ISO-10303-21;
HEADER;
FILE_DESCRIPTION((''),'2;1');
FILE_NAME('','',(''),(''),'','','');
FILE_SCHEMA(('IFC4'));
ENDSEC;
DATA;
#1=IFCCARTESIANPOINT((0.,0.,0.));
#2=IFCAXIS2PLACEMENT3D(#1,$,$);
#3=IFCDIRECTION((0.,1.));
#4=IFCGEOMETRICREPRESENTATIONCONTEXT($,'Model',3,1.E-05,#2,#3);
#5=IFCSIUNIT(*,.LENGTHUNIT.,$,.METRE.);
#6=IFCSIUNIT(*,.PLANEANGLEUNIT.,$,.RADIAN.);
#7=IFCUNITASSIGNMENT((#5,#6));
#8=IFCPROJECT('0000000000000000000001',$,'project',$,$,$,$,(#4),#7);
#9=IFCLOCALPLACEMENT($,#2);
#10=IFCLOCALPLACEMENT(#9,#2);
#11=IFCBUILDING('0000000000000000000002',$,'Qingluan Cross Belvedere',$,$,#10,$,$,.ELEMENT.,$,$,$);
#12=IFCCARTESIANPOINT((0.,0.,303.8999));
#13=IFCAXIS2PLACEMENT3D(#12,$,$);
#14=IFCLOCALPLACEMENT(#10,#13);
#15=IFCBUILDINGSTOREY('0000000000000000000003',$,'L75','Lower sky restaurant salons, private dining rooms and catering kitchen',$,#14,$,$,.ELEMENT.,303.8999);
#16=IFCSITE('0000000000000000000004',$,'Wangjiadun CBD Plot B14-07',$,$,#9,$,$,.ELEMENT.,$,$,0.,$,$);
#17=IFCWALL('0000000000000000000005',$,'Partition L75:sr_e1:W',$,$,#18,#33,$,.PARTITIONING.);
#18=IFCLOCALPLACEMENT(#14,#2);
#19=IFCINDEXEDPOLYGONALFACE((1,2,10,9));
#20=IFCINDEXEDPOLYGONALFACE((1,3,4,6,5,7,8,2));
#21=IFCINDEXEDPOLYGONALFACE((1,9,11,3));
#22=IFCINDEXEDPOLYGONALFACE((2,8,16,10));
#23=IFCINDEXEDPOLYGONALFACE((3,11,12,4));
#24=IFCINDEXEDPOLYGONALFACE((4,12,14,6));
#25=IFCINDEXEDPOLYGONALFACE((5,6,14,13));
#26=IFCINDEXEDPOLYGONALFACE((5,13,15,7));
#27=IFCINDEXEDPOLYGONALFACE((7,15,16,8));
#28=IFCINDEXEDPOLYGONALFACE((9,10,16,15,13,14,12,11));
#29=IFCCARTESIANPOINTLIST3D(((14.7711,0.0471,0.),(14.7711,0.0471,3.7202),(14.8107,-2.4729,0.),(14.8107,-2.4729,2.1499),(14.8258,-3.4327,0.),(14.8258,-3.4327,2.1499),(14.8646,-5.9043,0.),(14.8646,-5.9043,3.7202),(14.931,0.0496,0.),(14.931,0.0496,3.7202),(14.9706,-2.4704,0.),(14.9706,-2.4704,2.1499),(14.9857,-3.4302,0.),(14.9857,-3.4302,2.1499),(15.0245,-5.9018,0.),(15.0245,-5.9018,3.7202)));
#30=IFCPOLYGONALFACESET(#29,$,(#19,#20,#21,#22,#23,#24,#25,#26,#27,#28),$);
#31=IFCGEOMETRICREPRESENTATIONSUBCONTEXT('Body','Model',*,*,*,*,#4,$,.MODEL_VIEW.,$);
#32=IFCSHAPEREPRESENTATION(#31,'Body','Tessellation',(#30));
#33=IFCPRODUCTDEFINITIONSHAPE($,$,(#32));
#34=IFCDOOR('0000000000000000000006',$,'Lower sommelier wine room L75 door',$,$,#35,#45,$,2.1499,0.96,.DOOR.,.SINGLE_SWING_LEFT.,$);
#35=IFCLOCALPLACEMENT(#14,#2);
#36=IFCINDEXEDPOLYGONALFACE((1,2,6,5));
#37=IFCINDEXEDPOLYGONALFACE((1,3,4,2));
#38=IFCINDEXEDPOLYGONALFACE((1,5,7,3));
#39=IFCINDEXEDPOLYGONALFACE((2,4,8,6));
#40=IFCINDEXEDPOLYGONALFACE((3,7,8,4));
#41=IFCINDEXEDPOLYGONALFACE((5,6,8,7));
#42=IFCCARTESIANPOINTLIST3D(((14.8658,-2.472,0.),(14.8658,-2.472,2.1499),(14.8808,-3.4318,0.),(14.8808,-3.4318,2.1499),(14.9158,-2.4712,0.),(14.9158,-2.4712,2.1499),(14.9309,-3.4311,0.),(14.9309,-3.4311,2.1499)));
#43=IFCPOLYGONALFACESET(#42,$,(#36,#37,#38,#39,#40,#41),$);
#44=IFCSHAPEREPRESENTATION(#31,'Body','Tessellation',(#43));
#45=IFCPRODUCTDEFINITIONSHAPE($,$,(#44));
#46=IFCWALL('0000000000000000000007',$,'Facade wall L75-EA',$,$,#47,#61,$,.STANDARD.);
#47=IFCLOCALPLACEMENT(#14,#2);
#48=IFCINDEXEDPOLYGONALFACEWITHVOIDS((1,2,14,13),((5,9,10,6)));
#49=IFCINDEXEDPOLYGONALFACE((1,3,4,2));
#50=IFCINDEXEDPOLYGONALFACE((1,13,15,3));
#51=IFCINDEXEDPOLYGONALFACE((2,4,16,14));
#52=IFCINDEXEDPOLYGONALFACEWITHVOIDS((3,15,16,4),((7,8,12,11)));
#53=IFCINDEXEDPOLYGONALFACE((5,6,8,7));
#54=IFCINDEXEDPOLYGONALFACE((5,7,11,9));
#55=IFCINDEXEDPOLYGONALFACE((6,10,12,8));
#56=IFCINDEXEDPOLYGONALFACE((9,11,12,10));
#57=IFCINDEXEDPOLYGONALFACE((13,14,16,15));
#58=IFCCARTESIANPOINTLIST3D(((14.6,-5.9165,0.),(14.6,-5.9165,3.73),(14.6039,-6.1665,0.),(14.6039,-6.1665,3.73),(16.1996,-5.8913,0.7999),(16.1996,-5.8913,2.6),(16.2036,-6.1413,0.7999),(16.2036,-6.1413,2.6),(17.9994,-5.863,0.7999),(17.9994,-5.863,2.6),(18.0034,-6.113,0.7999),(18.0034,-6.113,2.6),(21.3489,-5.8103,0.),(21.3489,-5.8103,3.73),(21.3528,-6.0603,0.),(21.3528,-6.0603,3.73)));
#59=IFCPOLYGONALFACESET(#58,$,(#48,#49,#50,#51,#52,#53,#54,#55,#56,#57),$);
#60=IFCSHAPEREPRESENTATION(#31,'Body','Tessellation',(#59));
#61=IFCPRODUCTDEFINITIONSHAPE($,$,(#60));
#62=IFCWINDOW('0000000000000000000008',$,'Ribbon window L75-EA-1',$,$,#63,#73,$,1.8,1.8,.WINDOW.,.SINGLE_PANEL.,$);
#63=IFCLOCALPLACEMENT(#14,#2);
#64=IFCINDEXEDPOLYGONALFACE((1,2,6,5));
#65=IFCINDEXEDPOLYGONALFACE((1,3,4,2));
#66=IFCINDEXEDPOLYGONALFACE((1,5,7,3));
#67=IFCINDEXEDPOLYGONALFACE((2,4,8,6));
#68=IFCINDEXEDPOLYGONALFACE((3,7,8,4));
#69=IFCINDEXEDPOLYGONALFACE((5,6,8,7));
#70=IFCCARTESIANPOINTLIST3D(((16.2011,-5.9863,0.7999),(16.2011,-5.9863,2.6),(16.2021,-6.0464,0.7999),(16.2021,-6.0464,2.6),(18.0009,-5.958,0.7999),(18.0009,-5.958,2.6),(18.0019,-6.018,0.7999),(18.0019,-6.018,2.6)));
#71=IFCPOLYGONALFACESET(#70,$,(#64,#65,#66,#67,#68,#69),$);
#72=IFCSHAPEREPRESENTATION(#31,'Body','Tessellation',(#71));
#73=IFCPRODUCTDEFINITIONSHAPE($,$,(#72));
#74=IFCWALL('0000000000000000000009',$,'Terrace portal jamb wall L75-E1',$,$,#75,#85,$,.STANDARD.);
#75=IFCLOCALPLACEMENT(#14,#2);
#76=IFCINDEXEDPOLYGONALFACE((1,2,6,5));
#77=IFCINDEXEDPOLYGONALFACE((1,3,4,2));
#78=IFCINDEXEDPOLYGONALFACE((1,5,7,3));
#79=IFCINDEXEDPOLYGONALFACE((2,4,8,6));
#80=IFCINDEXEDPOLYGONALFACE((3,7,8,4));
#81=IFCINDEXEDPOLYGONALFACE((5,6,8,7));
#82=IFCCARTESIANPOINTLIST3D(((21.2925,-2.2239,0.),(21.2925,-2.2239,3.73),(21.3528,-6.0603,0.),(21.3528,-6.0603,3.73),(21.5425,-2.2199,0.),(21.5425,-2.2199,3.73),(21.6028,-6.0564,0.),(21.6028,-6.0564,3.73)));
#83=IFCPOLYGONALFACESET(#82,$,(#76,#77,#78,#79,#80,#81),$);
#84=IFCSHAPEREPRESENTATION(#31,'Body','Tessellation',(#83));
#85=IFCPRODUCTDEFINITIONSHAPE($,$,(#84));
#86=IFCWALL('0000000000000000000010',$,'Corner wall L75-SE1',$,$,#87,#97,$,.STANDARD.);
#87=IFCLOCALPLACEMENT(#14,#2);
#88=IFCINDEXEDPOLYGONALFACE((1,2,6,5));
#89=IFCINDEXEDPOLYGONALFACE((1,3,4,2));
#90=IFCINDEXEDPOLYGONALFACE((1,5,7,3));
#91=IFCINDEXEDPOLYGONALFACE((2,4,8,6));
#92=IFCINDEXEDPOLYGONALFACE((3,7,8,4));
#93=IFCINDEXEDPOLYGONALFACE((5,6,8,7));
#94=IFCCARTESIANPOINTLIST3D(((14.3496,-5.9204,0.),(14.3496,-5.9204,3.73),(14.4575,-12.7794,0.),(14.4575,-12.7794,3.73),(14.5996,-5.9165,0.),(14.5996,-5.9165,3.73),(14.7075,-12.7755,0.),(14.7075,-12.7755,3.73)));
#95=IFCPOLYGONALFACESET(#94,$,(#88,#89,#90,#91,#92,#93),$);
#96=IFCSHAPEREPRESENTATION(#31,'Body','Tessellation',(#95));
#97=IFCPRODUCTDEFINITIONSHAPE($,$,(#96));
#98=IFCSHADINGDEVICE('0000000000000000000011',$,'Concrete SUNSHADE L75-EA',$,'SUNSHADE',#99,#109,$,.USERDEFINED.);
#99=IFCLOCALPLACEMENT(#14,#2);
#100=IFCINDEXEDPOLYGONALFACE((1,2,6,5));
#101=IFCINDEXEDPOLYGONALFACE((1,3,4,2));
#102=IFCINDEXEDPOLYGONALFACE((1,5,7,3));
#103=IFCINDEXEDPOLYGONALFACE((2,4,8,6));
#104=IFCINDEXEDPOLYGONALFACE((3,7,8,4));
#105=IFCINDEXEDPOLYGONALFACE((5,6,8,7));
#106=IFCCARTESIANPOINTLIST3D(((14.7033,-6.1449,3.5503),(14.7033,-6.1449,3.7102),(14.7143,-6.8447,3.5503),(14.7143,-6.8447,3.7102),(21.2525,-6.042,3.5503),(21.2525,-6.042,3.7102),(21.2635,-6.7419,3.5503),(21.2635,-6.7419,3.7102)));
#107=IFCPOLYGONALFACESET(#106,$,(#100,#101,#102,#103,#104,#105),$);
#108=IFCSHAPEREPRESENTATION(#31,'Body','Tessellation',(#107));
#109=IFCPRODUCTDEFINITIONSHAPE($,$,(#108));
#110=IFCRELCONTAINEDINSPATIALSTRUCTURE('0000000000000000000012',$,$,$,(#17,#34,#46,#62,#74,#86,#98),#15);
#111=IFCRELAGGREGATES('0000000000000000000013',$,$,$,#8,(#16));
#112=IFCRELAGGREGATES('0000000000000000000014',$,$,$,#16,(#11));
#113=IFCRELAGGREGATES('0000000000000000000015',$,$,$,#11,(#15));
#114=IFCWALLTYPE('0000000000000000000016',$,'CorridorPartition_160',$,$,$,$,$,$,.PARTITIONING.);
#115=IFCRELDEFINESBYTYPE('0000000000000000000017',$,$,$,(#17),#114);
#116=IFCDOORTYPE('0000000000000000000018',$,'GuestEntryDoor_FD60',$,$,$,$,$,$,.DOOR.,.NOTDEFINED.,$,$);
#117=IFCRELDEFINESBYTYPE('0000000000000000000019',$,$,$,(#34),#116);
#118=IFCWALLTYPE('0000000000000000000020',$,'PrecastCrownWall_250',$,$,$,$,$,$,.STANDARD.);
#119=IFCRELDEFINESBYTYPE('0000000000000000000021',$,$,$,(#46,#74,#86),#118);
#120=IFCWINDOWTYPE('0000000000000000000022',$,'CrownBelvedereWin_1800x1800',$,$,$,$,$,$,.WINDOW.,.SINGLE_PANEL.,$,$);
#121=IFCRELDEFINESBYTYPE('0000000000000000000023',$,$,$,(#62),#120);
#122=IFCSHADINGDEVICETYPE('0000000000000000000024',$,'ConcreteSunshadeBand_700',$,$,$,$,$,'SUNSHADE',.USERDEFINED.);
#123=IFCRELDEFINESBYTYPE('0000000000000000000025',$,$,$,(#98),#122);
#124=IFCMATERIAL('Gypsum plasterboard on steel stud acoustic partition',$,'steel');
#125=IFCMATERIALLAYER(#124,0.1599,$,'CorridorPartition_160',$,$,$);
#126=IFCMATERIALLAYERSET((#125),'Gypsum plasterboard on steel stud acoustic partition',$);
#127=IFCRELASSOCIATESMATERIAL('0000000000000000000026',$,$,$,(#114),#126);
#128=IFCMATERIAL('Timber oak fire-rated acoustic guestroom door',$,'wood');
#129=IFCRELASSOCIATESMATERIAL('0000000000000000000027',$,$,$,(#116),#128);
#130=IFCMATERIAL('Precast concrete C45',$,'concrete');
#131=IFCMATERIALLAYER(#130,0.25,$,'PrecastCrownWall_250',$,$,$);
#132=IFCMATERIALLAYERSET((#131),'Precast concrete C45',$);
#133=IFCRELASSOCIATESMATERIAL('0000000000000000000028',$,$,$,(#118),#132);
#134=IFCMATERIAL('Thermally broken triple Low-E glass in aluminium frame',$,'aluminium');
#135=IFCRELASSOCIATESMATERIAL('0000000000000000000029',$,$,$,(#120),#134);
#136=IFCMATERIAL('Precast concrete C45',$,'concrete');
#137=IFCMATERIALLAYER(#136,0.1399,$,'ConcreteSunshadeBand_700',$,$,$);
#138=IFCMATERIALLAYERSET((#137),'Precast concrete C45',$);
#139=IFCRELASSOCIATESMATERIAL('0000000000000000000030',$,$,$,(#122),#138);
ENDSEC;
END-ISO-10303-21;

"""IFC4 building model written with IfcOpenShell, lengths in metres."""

from ifc_helpers import new_model, si_unit, direction, frame, frame_2d, origin, origin_2d, place, context, subcontext, project, spatial, rectangle, extrude, material, layer, layer_set, type_object, element, fill, save


model = new_model("IFC4")

# Units and contexts
model_context = context("Model", 3, precision=1e-05, world=origin(), true_north=direction((0.0, 1.0)))
body_context = subcontext(model_context, "Body", "Model", "MODEL_VIEW")
ifc_project = project(units=[si_unit("LENGTHUNIT", "METRE"), si_unit("PLANEANGLEUNIT", "RADIAN")], contexts=[model_context])

# Site, building, storey
site_placement = place(None, origin())
site = spatial("IfcSite", under=ifc_project, at=site_placement, Name="Wangjiadun CBD Plot B14-07", CompositionType="ELEMENT", RefElevation=0.0)
building_placement = place(site_placement, origin())
building = spatial("IfcBuilding", under=site, at=building_placement, Name="Qingluan Cross Belvedere", CompositionType="ELEMENT")
storey_placement = place(building_placement, frame((0.0, 0.0, 303.8999)))
storey = spatial("IfcBuildingStorey", under=building, at=storey_placement, Name="L75", Description="Lower sky restaurant salons, private dining rooms and catering kitchen", CompositionType="ELEMENT", Elevation=303.8999)

# Wall, opening, door
ifc_material_1 = material(Name="Gypsum plasterboard on steel stud acoustic partition", Category="steel")
ifc_layer_1 = layer(ifc_material_1, 0.1599, Name="CorridorPartition_160")
ifc_layer_set_1 = layer_set([ifc_layer_1], Name="Gypsum plasterboard on steel stud acoustic partition")
wall_type_1 = type_object("IfcWallType", Name="CorridorPartition_160", PredefinedType="PARTITIONING", material=ifc_layer_set_1)
wall_1_placement = place(storey_placement, frame((14.9446, -5.9031, 0.0), z_axis=(0.0, 0.0, 1.0), x_axis=(-0.01571, 0.999877, 0.0)))
wall_1 = element("IfcWall", 1, at=wall_1_placement, inside=storey, type_object=wall_type_1, Name="Partition L75:sr_e1:W", PredefinedType="PARTITIONING", context=body_context, shape_type="SweptSolid", body=[
    extrude(rectangle(XDim=5.9521, YDim=0.1599, at=frame_2d((2.9761, 0.0))), origin(), (0.0, 0.0, 1.0), 3.7202),
])
opening_1_placement = place(wall_1_placement, frame((2.4719, 0.0, 0.0)))
opening_1 = element("IfcOpeningElement", 2, at=opening_1_placement, cuts=wall_1, PredefinedType="OPENING", context=body_context, shape_type="SweptSolid", body=[
    extrude(rectangle(XDim=0.96, YDim=2.1499, at=frame_2d((0.48, 1.075))), frame((0.0, 0.0898, 0.0), z_axis=(0.0, -1.0, 0.0), x_axis=(1.0, 0.0, 0.0)), (0.0, 0.0, 1.0), 0.1799),
])
ifc_material_2 = material(Name="Timber oak fire-rated acoustic guestroom door", Category="wood")
door_type = type_object("IfcDoorType", Name="GuestEntryDoor_FD60", OperationType="NOTDEFINED", PredefinedType="DOOR", material=ifc_material_2)
door_placement = place(opening_1_placement, origin())
door = element("IfcDoor", 3, at=door_placement, inside=storey, type_object=door_type, Name="Lower sommelier wine room L75 door", OperationType="SINGLE_SWING_LEFT", OverallHeight=2.1499, OverallWidth=0.96, PredefinedType="DOOR", context=body_context, shape_type="SweptSolid", body=[
    extrude(rectangle(XDim=0.96, YDim=2.1499, at=frame_2d((0.48, 1.075))), frame((0.0, 0.0249, 0.0), z_axis=(0.0, -1.0, 0.0), x_axis=(1.0, 0.0, 0.0)), (0.0, 0.0, 1.0), 0.05),
])
fill(opening_1, door)

# Wall, opening, window
ifc_material_3 = material(Name="Precast concrete C45", Category="concrete")
ifc_layer_2 = layer(ifc_material_3, 0.25, Name="PrecastCrownWall_250")
ifc_layer_set_2 = layer_set([ifc_layer_2], Name="Precast concrete C45")
wall_type_2 = type_object("IfcWallType", Name="PrecastCrownWall_250", PredefinedType="STANDARD", material=ifc_layer_set_2)
wall_2_placement = place(storey_placement, frame((14.6018, -6.0415, 0.0), z_axis=(0.0, 0.0, 1.0), x_axis=(0.999876, 0.015734, 0.0)))
wall_2 = element("IfcWall", 4, at=wall_2_placement, inside=storey, type_object=wall_type_2, Name="Facade wall L75-EA", PredefinedType="STANDARD", context=body_context, shape_type="SweptSolid", body=[
    extrude(rectangle(XDim=6.7498, YDim=0.25, at=frame_2d((3.375, 0.0))), origin(), (0.0, 0.0, 1.0), 3.73),
])
opening_2_placement = place(wall_2_placement, frame((1.6001, 0.0, 0.8)))
opening_2 = element("IfcOpeningElement", 5, at=opening_2_placement, cuts=wall_2, PredefinedType="OPENING", context=body_context, shape_type="SweptSolid", body=[
    extrude(rectangle(XDim=1.8, YDim=1.8, at=frame_2d((0.8999, 0.8999))), frame((0.0, 0.135, 0.0), z_axis=(0.0, -1.0, 0.0), x_axis=(1.0, 0.0, 0.0)), (0.0, 0.0, 1.0), 0.27),
])
ifc_material_4 = material(Name="Thermally broken triple Low-E glass in aluminium frame", Category="aluminium")
window_type = type_object("IfcWindowType", Name="CrownBelvedereWin_1800x1800", PartitioningType="SINGLE_PANEL", PredefinedType="WINDOW", material=ifc_material_4)
window_placement = place(opening_2_placement, origin())
window = element("IfcWindow", 6, at=window_placement, inside=storey, type_object=window_type, Name="Ribbon window L75-EA-1", OverallHeight=1.8, OverallWidth=1.8, PartitioningType="SINGLE_PANEL", PredefinedType="WINDOW", context=body_context, shape_type="SweptSolid", body=[
    extrude(rectangle(XDim=1.8, YDim=1.8, at=frame_2d((0.8999, 0.8999))), frame((0.0, 0.03, 0.0), z_axis=(0.0, -1.0, 0.0), x_axis=(1.0, 0.0, 0.0)), (0.0, 0.0, 1.0), 0.0601),
])
fill(opening_2, window)

# Walls
wall_3_placement = place(storey_placement, frame((21.4778, -6.0583, 0.0), z_axis=(0.0, 0.0, 1.0), x_axis=(-0.015717, 0.999876, 0.0)))
element("IfcWall", 7, at=wall_3_placement, inside=storey, type_object=wall_type_2, Name="Terrace portal jamb wall L75-E1", PredefinedType="STANDARD", context=body_context, shape_type="SweptSolid", body=[
    extrude(rectangle(XDim=3.8369, YDim=0.25, at=frame_2d((1.9185, 0.0))), origin(), (0.0, 0.0, 1.0), 3.73),
])
wall_4_placement = place(storey_placement, frame((14.4746, -5.9185, 0.0), z_axis=(0.0, 0.0, 1.0), x_axis=(0.01573, -0.999876, 0.0)))
element("IfcWall", 8, at=wall_4_placement, inside=storey, type_object=wall_type_2, Name="Corner wall L75-SE1", PredefinedType="STANDARD", context=body_context, shape_type="SweptSolid", body=[
    extrude(rectangle(XDim=6.8599, YDim=0.25, at=frame_2d((3.4299, 0.0))), origin(), (0.0, 0.0, 1.0), 3.73),
])

# Shading device
ifc_material_5 = material(Name="Precast concrete C45", Category="concrete")
ifc_layer_3 = layer(ifc_material_5, 0.1399, Name="ConcreteSunshadeBand_700")
ifc_layer_set_3 = layer_set([ifc_layer_3], Name="Precast concrete C45")
shading_device_type = type_object("IfcShadingDeviceType", Name="ConcreteSunshadeBand_700", ElementType="SUNSHADE", PredefinedType="USERDEFINED", material=ifc_layer_set_3)
shading_device_placement = place(storey_placement, frame((17.9834, -6.4434, 3.5503), z_axis=(0.0, 0.0, 1.0), x_axis=(0.999877, 0.015704, 0.0)))
element("IfcShadingDevice", 9, at=shading_device_placement, inside=storey, type_object=shading_device_type, Name="Concrete SUNSHADE L75-EA", ObjectType="SUNSHADE", PredefinedType="USERDEFINED", context=body_context, shape_type="SweptSolid", body=[
    extrude(rectangle(XDim=6.55, YDim=0.7, at=origin_2d()), origin(), (0.0, 0.0, 1.0), 0.1599),
])

save(model, "model.ifc")
